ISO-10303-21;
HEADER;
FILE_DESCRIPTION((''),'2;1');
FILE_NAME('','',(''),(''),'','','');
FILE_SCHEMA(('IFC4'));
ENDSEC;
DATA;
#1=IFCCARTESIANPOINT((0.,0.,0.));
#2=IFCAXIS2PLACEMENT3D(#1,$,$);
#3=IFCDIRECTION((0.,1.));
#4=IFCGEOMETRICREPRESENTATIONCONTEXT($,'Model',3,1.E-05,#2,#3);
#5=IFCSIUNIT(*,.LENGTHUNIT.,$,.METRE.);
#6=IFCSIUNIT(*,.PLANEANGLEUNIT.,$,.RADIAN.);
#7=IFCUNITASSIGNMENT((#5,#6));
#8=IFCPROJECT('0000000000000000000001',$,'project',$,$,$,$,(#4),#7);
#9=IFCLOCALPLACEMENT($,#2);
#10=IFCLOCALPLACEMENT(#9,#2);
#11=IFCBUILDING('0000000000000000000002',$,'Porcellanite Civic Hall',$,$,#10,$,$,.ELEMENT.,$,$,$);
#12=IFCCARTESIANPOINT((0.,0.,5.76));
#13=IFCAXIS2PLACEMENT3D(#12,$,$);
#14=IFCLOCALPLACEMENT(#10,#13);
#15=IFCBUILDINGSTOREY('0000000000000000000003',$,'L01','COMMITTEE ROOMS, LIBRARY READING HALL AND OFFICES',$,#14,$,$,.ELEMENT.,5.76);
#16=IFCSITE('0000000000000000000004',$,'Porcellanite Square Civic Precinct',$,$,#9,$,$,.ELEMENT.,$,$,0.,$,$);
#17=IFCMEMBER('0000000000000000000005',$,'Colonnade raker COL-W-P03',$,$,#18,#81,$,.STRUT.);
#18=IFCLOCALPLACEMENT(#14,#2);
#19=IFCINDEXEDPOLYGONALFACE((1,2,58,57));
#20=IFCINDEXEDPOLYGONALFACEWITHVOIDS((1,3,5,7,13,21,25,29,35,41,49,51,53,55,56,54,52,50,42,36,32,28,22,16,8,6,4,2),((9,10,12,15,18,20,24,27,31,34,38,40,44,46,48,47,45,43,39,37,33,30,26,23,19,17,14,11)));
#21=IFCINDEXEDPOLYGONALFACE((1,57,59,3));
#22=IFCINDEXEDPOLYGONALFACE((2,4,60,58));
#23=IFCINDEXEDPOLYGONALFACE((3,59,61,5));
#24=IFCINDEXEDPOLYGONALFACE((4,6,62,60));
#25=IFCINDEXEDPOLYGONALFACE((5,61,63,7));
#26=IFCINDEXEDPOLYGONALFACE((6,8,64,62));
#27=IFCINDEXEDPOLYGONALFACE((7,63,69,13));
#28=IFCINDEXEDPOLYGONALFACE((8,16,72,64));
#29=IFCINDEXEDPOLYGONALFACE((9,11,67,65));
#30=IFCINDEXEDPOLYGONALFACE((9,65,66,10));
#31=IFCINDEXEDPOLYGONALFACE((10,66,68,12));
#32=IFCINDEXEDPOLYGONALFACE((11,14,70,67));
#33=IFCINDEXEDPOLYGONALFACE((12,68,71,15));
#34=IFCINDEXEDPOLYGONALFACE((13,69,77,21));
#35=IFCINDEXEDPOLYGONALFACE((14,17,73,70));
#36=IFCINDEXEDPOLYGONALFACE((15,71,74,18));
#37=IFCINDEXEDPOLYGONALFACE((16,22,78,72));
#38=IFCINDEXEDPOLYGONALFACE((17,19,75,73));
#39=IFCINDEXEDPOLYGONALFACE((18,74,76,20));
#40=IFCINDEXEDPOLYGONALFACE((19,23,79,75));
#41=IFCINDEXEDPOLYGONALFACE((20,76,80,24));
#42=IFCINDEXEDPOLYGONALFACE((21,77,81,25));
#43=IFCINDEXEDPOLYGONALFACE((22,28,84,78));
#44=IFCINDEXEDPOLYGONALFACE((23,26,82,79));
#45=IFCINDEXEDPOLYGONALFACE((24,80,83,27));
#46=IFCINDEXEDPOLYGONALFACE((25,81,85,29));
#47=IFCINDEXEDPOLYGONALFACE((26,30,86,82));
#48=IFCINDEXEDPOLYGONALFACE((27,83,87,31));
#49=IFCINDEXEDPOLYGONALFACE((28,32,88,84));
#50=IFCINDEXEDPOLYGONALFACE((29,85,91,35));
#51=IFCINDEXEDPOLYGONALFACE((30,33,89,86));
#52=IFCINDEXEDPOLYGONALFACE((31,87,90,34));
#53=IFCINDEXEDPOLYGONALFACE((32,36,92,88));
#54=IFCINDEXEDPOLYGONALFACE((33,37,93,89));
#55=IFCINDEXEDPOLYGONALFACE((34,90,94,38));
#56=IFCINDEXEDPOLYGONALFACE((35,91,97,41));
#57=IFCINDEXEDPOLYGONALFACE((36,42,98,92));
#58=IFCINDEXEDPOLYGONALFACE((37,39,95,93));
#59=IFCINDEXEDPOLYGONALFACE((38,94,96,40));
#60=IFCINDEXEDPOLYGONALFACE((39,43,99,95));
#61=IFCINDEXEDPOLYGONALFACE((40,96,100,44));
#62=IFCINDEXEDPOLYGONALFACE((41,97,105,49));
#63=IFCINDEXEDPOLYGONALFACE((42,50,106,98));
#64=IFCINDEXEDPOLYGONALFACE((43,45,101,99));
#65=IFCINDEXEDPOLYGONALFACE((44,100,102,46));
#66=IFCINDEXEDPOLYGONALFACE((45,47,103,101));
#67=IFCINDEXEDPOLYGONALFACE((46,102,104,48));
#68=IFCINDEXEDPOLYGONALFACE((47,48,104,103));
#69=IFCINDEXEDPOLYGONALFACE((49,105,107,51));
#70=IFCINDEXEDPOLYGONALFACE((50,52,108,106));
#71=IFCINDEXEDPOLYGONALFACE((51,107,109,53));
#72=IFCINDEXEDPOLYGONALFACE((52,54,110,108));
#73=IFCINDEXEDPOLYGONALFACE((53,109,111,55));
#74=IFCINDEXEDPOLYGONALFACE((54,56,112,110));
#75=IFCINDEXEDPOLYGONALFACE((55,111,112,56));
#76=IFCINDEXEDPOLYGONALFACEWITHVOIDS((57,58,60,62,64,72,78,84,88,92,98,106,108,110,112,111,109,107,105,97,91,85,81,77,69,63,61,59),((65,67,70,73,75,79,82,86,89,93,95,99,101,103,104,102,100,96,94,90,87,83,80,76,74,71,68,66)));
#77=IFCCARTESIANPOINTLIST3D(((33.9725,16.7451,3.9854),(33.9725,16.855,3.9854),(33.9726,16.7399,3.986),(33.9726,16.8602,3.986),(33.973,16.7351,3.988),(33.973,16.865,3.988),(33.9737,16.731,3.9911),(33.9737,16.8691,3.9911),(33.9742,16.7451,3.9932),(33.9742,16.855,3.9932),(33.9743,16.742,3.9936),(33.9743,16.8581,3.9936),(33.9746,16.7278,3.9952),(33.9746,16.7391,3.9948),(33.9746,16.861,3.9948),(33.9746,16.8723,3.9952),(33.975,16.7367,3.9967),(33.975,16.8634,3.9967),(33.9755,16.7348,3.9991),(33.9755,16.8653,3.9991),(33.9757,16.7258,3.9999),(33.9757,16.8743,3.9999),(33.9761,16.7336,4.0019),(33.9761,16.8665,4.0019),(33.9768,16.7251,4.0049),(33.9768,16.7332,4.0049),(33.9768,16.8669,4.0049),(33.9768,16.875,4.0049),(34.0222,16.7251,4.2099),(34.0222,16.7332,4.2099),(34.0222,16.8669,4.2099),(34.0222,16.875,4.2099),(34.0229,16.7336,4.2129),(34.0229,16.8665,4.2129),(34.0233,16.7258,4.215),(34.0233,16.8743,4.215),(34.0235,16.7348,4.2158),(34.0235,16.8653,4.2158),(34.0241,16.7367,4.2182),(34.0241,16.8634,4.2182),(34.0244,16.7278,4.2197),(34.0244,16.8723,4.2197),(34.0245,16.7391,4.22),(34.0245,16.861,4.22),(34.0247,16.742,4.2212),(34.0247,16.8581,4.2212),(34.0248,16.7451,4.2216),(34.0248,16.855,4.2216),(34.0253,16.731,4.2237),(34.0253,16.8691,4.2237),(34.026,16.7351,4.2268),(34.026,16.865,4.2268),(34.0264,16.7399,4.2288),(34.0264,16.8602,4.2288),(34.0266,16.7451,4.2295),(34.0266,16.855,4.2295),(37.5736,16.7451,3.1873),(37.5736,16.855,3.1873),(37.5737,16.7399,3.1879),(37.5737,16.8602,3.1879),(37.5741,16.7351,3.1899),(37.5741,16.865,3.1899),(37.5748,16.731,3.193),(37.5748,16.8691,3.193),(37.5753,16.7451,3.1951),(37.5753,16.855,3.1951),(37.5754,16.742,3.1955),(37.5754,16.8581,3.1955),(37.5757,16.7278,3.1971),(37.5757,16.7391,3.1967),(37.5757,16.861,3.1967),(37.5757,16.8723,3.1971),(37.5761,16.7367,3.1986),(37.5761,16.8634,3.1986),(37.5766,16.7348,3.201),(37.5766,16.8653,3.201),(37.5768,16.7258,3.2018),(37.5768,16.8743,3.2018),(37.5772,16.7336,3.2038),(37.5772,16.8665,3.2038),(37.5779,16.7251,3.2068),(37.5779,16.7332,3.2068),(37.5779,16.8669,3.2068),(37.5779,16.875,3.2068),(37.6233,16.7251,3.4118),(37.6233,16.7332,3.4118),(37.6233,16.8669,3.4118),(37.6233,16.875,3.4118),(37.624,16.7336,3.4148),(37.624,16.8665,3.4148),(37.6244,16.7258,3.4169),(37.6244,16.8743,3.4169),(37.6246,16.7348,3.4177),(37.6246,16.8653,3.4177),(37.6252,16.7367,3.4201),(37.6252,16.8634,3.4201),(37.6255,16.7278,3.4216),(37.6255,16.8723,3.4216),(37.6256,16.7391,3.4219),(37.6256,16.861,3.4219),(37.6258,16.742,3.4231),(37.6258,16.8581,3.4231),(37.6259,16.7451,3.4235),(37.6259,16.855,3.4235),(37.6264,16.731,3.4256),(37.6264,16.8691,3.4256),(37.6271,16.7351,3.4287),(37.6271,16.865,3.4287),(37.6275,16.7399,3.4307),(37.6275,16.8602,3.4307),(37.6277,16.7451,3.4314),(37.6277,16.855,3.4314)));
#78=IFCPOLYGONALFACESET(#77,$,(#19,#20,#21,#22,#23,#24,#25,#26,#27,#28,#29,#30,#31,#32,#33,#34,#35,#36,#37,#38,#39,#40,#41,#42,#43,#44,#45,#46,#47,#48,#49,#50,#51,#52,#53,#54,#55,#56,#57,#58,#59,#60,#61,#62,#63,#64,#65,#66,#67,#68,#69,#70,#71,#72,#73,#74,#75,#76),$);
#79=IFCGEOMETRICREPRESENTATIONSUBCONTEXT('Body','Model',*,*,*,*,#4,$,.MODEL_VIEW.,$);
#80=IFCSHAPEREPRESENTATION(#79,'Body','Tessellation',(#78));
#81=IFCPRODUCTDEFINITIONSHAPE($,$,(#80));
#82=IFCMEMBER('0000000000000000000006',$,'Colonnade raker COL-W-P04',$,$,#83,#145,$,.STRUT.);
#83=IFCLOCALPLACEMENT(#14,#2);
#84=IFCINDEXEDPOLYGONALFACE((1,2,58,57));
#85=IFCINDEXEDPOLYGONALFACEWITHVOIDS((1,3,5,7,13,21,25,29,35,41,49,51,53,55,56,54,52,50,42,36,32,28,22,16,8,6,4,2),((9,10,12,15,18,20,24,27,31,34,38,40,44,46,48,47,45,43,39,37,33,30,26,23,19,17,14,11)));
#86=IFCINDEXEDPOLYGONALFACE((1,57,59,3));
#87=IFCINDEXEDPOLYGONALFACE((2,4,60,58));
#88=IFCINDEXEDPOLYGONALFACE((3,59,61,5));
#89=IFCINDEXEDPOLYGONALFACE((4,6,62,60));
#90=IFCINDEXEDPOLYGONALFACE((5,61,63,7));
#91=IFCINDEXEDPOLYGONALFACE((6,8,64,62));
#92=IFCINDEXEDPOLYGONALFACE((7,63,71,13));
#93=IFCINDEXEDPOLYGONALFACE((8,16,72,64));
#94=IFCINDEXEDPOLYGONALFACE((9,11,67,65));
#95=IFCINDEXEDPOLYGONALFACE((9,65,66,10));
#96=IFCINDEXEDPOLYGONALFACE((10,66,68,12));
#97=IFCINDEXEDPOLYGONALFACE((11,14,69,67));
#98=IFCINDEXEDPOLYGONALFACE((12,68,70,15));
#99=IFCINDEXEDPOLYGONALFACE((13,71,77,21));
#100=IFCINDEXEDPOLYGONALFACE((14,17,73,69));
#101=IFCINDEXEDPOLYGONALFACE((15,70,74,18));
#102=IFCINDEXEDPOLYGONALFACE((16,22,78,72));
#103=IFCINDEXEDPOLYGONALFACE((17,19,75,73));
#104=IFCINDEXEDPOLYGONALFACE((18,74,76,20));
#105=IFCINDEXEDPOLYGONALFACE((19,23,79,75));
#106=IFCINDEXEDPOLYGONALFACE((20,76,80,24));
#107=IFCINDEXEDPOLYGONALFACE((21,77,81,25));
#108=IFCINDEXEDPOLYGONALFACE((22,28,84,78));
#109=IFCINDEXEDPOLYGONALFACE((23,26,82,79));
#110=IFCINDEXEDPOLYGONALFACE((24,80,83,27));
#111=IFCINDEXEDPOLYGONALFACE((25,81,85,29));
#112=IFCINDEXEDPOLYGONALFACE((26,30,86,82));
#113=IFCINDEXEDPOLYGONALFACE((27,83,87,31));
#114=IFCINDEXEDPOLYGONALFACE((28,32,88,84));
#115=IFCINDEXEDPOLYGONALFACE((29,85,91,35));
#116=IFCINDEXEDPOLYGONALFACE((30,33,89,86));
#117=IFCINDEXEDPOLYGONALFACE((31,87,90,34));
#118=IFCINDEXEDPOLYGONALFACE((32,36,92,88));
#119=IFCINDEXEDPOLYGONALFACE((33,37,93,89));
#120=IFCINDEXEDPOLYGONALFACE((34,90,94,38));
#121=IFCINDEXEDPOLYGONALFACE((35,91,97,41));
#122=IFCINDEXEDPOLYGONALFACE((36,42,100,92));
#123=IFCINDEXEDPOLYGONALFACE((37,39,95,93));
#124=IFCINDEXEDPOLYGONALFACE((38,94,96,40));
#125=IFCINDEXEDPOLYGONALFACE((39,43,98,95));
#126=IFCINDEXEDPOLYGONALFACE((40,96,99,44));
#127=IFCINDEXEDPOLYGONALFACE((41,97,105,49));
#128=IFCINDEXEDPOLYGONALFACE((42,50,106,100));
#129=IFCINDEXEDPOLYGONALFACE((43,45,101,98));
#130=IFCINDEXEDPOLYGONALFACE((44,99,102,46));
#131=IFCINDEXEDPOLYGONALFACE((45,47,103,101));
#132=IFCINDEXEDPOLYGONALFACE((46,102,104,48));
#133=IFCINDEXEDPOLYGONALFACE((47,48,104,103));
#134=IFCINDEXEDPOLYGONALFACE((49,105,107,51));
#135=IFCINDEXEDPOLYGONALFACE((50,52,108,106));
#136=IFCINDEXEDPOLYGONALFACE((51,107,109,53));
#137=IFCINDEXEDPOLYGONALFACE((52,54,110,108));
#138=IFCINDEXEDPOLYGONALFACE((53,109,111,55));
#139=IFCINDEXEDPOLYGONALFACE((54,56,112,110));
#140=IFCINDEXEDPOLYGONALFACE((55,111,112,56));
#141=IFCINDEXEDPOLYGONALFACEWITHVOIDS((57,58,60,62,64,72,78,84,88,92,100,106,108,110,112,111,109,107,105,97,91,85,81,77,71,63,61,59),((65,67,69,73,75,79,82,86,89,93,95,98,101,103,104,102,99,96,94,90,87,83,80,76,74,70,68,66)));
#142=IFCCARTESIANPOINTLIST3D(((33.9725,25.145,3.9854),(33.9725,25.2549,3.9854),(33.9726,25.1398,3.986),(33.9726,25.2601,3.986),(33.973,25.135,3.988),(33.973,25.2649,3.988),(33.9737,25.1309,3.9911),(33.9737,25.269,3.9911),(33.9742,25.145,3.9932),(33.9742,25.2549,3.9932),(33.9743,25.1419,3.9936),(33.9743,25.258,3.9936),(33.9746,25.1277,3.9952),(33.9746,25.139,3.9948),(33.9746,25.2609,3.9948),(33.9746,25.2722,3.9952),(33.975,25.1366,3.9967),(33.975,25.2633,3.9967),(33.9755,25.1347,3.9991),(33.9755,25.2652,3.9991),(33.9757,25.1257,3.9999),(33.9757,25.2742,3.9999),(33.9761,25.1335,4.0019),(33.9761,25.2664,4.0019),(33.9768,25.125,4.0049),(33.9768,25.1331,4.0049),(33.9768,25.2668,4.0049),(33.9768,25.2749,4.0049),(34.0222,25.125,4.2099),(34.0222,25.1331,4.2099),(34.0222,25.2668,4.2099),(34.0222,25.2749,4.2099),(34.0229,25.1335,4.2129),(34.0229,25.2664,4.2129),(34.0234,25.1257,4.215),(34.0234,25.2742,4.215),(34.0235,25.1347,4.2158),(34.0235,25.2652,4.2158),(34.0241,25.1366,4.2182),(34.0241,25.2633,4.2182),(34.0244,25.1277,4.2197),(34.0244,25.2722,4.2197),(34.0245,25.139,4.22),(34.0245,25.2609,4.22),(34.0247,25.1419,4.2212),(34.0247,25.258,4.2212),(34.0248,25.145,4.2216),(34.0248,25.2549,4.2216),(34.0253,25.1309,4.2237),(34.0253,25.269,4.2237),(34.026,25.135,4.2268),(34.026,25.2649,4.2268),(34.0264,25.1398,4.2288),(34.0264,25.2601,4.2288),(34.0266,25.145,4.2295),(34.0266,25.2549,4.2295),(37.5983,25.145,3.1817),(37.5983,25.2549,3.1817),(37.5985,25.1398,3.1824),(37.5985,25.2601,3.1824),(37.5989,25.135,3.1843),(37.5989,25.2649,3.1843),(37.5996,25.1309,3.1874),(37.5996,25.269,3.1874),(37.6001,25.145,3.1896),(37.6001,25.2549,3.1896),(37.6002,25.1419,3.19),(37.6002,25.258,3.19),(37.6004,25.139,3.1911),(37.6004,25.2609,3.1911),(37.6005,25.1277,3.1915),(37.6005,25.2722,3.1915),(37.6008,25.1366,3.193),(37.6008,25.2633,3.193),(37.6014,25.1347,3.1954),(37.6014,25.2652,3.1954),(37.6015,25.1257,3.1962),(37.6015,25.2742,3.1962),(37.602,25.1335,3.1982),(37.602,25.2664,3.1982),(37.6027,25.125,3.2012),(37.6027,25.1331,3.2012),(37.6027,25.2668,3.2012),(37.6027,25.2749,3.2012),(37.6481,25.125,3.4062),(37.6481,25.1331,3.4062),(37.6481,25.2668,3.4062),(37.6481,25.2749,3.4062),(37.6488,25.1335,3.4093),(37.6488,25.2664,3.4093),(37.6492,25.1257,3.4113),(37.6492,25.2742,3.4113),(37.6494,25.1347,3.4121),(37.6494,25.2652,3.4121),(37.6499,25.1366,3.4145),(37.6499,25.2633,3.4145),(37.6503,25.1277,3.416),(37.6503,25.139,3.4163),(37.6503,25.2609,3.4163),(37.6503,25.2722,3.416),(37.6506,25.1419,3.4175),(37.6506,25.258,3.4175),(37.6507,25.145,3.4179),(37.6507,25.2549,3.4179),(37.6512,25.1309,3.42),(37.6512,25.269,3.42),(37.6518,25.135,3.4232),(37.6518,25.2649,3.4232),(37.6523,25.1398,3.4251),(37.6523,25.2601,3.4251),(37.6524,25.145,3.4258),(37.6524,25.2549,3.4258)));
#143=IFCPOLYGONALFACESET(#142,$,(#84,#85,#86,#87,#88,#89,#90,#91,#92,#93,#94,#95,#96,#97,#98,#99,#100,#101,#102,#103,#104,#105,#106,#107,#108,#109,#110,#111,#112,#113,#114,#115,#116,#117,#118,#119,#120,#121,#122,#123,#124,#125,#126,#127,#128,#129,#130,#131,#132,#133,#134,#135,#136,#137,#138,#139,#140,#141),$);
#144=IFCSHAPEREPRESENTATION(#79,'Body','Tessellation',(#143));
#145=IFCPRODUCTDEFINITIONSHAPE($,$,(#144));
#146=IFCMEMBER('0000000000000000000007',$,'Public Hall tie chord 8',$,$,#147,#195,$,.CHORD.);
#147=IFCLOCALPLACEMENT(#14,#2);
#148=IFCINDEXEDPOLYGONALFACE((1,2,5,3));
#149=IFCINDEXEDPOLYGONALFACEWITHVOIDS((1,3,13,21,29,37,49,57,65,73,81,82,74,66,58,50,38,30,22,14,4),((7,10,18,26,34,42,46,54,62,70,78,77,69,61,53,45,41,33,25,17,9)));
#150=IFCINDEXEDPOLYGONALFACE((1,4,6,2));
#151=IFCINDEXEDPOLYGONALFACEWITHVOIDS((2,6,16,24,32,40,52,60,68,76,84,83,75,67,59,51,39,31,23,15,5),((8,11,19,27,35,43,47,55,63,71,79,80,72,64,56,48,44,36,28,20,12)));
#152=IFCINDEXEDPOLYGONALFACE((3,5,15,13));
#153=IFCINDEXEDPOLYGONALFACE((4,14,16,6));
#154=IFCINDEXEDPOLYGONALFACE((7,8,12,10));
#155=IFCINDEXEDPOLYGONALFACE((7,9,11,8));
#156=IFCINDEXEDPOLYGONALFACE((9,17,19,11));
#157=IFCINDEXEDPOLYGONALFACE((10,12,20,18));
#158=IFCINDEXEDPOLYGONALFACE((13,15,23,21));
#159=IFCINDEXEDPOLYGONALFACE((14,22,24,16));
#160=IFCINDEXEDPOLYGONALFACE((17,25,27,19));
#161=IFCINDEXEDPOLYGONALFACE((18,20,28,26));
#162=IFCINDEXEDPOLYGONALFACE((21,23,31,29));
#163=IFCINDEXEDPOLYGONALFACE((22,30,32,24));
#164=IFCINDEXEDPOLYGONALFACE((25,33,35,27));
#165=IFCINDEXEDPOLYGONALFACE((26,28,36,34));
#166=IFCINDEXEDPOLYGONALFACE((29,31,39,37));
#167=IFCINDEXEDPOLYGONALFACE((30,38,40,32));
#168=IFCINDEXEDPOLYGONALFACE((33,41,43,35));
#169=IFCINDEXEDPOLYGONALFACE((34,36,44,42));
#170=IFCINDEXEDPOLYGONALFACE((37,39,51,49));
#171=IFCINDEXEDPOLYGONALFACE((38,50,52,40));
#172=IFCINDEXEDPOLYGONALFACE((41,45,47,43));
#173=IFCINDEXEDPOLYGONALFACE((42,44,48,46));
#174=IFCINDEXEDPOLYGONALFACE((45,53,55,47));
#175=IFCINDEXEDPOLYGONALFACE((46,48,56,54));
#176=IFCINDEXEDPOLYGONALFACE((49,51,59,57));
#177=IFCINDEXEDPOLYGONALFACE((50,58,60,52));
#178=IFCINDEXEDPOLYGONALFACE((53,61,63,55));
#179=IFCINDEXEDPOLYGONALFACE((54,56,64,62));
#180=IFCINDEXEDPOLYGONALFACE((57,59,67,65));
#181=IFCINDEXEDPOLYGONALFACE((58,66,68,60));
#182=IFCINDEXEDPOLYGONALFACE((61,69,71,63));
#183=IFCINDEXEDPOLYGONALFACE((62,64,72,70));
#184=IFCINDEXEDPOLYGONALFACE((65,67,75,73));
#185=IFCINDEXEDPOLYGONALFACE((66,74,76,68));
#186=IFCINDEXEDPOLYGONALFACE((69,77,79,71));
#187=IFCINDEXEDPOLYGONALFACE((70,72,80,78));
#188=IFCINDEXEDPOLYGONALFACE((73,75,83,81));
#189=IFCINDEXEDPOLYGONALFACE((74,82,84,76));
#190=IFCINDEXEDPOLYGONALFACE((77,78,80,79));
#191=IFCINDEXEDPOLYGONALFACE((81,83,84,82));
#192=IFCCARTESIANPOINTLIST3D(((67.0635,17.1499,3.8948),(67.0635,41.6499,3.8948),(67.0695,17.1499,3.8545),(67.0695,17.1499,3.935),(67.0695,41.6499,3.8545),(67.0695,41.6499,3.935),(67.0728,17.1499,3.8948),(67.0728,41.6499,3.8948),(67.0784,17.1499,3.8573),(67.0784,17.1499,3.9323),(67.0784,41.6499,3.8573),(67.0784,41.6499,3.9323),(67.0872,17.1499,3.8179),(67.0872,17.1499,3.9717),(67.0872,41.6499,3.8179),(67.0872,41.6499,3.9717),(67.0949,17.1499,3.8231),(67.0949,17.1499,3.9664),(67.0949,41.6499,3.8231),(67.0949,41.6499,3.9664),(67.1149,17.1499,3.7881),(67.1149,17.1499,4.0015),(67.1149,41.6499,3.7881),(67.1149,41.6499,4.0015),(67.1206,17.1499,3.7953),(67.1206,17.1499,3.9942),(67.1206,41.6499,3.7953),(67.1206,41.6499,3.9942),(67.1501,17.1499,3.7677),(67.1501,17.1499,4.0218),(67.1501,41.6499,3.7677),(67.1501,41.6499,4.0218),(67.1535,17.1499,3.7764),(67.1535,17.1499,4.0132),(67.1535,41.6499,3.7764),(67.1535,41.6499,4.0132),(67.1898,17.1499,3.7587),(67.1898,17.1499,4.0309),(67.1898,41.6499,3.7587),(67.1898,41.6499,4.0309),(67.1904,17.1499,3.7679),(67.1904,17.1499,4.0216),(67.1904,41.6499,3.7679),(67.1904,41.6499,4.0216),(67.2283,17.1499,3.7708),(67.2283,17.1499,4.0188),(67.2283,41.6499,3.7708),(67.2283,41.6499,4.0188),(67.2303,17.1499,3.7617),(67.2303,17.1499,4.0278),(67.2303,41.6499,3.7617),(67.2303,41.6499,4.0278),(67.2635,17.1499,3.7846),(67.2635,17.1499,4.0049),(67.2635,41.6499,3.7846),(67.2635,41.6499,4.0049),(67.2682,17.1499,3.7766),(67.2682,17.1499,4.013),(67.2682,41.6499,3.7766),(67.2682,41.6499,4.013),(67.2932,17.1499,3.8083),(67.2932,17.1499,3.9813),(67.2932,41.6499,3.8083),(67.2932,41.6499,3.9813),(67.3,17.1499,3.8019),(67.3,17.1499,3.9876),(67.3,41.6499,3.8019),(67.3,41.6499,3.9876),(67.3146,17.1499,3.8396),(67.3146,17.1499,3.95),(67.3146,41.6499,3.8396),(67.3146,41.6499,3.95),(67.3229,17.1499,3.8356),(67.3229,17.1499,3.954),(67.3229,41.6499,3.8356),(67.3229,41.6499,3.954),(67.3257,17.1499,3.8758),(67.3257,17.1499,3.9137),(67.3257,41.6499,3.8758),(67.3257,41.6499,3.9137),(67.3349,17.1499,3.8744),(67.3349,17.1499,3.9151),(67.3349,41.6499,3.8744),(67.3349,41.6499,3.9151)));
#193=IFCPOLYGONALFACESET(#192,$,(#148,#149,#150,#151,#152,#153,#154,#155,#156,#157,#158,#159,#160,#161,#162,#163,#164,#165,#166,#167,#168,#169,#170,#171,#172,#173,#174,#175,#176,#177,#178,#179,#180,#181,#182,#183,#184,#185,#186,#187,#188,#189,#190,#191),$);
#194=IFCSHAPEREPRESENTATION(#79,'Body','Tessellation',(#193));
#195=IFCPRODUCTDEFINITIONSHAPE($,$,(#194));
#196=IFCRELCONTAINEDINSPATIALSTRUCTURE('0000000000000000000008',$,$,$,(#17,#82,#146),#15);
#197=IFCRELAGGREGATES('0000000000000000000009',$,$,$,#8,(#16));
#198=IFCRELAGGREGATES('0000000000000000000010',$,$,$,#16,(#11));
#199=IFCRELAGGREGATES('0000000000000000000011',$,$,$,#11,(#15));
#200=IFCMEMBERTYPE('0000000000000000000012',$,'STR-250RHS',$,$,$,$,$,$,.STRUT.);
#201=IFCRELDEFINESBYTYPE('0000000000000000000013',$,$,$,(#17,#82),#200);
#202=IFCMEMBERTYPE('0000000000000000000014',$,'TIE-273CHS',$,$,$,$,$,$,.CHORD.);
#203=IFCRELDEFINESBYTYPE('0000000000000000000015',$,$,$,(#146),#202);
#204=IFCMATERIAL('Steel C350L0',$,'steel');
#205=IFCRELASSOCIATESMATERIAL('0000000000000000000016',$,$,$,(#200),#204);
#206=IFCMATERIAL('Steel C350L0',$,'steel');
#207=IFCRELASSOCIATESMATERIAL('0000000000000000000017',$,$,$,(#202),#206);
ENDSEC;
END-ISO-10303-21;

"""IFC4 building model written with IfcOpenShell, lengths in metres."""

from ifc_helpers import new_model, si_unit, direction, frame, origin, origin_2d, place, context, subcontext, project, spatial, hollow_rectangle, hollow_circle, extrude, material, material_profile, profile_set, type_object, element, save


model = new_model("IFC4")

# Units and contexts
model_context = context("Model", 3, precision=1e-05, world=origin(), true_north=direction((0.0, 1.0)))
body_context = subcontext(model_context, "Body", "Model", "MODEL_VIEW")
ifc_project = project(units=[si_unit("LENGTHUNIT", "METRE"), si_unit("PLANEANGLEUNIT", "RADIAN")], contexts=[model_context])

# Site, building, storey
site_placement = place(None, origin())
site = spatial("IfcSite", under=ifc_project, at=site_placement, Name="Porcellanite Square Civic Precinct", CompositionType="ELEMENT", RefElevation=0.0)
building_placement = place(site_placement, origin())
building = spatial("IfcBuilding", under=site, at=building_placement, Name="Porcellanite Civic Hall", CompositionType="ELEMENT")
storey_placement = place(building_placement, frame((0.0, 0.0, 5.76)))
storey = spatial("IfcBuildingStorey", under=building, at=storey_placement, Name="L01", Description="COMMITTEE ROOMS, LIBRARY READING HALL AND OFFICES", CompositionType="ELEMENT", Elevation=5.76)

# Members
ifc_material_1 = material(Name="Steel C350L0", Category="steel")
ifc_material_profile_1 = material_profile(ifc_material_1, hollow_rectangle(XDim=0.1499, YDim=0.25, WallThickness=0.0081, InnerFilletRadius=0.012, OuterFilletRadius=0.02, at=origin_2d()), Name="250x150x8.0RHS")
ifc_profile_set_1 = profile_set([ifc_material_profile_1], Name="Steel C350L0")
member_type_1 = type_object("IfcMemberType", Name="STR-250RHS", PredefinedType="STRUT", material=ifc_profile_set_1)
member_1_placement = place(storey_placement, frame((33.9995, 16.8, 4.1074), z_axis=(0.97631, 0.0, -0.216377), x_axis=(0.0, 1.0, 0.0)))
element("IfcMember", 1, at=member_1_placement, inside=storey, type_object=member_type_1, Name="Colonnade raker COL-W-P03", PredefinedType="STRUT", context=body_context, shape_type="SweptSolid", body=[
    extrude(hollow_rectangle(XDim=0.1499, YDim=0.25, WallThickness=0.0081, InnerFilletRadius=0.012, OuterFilletRadius=0.02, at=origin_2d()), origin(), (0.0, 0.0, 1.0), 3.6885),
])
member_2_placement = place(storey_placement, frame((33.9995, 25.2, 4.1074), z_axis=(0.976304, 0.0, -0.216401), x_axis=(0.0, 1.0, 0.0)))
element("IfcMember", 2, at=member_2_placement, inside=storey, type_object=member_type_1, Name="Colonnade raker COL-W-P04", PredefinedType="STRUT", context=body_context, shape_type="SweptSolid", body=[
    extrude(hollow_rectangle(XDim=0.1499, YDim=0.25, WallThickness=0.0081, InnerFilletRadius=0.012, OuterFilletRadius=0.02, at=origin_2d()), origin(), (0.0, 0.0, 1.0), 3.7139),
])
ifc_material_2 = material(Name="Steel C350L0", Category="steel")
ifc_material_profile_2 = material_profile(ifc_material_2, hollow_circle(Radius=0.1365, WallThickness=0.0093, at=origin_2d()), Name="273.1x9.3CHS")
ifc_profile_set_2 = profile_set([ifc_material_profile_2], Name="Steel C350L0")
member_type_2 = type_object("IfcMemberType", Name="TIE-273CHS", PredefinedType="CHORD", material=ifc_profile_set_2)
member_3_placement = place(storey_placement, frame((67.2, 17.1499, 3.8948), z_axis=(0.0, 1.0, 0.0), x_axis=(-1.0, 0.0, 0.0)))
element("IfcMember", 3, at=member_3_placement, inside=storey, type_object=member_type_2, Name="Public Hall tie chord 8", PredefinedType="CHORD", context=body_context, shape_type="SweptSolid", body=[
    extrude(hollow_circle(Radius=0.1365, WallThickness=0.0093, at=origin_2d()), origin(), (0.0, 0.0, 1.0), 24.5),
])

save(model, "model.ifc")
